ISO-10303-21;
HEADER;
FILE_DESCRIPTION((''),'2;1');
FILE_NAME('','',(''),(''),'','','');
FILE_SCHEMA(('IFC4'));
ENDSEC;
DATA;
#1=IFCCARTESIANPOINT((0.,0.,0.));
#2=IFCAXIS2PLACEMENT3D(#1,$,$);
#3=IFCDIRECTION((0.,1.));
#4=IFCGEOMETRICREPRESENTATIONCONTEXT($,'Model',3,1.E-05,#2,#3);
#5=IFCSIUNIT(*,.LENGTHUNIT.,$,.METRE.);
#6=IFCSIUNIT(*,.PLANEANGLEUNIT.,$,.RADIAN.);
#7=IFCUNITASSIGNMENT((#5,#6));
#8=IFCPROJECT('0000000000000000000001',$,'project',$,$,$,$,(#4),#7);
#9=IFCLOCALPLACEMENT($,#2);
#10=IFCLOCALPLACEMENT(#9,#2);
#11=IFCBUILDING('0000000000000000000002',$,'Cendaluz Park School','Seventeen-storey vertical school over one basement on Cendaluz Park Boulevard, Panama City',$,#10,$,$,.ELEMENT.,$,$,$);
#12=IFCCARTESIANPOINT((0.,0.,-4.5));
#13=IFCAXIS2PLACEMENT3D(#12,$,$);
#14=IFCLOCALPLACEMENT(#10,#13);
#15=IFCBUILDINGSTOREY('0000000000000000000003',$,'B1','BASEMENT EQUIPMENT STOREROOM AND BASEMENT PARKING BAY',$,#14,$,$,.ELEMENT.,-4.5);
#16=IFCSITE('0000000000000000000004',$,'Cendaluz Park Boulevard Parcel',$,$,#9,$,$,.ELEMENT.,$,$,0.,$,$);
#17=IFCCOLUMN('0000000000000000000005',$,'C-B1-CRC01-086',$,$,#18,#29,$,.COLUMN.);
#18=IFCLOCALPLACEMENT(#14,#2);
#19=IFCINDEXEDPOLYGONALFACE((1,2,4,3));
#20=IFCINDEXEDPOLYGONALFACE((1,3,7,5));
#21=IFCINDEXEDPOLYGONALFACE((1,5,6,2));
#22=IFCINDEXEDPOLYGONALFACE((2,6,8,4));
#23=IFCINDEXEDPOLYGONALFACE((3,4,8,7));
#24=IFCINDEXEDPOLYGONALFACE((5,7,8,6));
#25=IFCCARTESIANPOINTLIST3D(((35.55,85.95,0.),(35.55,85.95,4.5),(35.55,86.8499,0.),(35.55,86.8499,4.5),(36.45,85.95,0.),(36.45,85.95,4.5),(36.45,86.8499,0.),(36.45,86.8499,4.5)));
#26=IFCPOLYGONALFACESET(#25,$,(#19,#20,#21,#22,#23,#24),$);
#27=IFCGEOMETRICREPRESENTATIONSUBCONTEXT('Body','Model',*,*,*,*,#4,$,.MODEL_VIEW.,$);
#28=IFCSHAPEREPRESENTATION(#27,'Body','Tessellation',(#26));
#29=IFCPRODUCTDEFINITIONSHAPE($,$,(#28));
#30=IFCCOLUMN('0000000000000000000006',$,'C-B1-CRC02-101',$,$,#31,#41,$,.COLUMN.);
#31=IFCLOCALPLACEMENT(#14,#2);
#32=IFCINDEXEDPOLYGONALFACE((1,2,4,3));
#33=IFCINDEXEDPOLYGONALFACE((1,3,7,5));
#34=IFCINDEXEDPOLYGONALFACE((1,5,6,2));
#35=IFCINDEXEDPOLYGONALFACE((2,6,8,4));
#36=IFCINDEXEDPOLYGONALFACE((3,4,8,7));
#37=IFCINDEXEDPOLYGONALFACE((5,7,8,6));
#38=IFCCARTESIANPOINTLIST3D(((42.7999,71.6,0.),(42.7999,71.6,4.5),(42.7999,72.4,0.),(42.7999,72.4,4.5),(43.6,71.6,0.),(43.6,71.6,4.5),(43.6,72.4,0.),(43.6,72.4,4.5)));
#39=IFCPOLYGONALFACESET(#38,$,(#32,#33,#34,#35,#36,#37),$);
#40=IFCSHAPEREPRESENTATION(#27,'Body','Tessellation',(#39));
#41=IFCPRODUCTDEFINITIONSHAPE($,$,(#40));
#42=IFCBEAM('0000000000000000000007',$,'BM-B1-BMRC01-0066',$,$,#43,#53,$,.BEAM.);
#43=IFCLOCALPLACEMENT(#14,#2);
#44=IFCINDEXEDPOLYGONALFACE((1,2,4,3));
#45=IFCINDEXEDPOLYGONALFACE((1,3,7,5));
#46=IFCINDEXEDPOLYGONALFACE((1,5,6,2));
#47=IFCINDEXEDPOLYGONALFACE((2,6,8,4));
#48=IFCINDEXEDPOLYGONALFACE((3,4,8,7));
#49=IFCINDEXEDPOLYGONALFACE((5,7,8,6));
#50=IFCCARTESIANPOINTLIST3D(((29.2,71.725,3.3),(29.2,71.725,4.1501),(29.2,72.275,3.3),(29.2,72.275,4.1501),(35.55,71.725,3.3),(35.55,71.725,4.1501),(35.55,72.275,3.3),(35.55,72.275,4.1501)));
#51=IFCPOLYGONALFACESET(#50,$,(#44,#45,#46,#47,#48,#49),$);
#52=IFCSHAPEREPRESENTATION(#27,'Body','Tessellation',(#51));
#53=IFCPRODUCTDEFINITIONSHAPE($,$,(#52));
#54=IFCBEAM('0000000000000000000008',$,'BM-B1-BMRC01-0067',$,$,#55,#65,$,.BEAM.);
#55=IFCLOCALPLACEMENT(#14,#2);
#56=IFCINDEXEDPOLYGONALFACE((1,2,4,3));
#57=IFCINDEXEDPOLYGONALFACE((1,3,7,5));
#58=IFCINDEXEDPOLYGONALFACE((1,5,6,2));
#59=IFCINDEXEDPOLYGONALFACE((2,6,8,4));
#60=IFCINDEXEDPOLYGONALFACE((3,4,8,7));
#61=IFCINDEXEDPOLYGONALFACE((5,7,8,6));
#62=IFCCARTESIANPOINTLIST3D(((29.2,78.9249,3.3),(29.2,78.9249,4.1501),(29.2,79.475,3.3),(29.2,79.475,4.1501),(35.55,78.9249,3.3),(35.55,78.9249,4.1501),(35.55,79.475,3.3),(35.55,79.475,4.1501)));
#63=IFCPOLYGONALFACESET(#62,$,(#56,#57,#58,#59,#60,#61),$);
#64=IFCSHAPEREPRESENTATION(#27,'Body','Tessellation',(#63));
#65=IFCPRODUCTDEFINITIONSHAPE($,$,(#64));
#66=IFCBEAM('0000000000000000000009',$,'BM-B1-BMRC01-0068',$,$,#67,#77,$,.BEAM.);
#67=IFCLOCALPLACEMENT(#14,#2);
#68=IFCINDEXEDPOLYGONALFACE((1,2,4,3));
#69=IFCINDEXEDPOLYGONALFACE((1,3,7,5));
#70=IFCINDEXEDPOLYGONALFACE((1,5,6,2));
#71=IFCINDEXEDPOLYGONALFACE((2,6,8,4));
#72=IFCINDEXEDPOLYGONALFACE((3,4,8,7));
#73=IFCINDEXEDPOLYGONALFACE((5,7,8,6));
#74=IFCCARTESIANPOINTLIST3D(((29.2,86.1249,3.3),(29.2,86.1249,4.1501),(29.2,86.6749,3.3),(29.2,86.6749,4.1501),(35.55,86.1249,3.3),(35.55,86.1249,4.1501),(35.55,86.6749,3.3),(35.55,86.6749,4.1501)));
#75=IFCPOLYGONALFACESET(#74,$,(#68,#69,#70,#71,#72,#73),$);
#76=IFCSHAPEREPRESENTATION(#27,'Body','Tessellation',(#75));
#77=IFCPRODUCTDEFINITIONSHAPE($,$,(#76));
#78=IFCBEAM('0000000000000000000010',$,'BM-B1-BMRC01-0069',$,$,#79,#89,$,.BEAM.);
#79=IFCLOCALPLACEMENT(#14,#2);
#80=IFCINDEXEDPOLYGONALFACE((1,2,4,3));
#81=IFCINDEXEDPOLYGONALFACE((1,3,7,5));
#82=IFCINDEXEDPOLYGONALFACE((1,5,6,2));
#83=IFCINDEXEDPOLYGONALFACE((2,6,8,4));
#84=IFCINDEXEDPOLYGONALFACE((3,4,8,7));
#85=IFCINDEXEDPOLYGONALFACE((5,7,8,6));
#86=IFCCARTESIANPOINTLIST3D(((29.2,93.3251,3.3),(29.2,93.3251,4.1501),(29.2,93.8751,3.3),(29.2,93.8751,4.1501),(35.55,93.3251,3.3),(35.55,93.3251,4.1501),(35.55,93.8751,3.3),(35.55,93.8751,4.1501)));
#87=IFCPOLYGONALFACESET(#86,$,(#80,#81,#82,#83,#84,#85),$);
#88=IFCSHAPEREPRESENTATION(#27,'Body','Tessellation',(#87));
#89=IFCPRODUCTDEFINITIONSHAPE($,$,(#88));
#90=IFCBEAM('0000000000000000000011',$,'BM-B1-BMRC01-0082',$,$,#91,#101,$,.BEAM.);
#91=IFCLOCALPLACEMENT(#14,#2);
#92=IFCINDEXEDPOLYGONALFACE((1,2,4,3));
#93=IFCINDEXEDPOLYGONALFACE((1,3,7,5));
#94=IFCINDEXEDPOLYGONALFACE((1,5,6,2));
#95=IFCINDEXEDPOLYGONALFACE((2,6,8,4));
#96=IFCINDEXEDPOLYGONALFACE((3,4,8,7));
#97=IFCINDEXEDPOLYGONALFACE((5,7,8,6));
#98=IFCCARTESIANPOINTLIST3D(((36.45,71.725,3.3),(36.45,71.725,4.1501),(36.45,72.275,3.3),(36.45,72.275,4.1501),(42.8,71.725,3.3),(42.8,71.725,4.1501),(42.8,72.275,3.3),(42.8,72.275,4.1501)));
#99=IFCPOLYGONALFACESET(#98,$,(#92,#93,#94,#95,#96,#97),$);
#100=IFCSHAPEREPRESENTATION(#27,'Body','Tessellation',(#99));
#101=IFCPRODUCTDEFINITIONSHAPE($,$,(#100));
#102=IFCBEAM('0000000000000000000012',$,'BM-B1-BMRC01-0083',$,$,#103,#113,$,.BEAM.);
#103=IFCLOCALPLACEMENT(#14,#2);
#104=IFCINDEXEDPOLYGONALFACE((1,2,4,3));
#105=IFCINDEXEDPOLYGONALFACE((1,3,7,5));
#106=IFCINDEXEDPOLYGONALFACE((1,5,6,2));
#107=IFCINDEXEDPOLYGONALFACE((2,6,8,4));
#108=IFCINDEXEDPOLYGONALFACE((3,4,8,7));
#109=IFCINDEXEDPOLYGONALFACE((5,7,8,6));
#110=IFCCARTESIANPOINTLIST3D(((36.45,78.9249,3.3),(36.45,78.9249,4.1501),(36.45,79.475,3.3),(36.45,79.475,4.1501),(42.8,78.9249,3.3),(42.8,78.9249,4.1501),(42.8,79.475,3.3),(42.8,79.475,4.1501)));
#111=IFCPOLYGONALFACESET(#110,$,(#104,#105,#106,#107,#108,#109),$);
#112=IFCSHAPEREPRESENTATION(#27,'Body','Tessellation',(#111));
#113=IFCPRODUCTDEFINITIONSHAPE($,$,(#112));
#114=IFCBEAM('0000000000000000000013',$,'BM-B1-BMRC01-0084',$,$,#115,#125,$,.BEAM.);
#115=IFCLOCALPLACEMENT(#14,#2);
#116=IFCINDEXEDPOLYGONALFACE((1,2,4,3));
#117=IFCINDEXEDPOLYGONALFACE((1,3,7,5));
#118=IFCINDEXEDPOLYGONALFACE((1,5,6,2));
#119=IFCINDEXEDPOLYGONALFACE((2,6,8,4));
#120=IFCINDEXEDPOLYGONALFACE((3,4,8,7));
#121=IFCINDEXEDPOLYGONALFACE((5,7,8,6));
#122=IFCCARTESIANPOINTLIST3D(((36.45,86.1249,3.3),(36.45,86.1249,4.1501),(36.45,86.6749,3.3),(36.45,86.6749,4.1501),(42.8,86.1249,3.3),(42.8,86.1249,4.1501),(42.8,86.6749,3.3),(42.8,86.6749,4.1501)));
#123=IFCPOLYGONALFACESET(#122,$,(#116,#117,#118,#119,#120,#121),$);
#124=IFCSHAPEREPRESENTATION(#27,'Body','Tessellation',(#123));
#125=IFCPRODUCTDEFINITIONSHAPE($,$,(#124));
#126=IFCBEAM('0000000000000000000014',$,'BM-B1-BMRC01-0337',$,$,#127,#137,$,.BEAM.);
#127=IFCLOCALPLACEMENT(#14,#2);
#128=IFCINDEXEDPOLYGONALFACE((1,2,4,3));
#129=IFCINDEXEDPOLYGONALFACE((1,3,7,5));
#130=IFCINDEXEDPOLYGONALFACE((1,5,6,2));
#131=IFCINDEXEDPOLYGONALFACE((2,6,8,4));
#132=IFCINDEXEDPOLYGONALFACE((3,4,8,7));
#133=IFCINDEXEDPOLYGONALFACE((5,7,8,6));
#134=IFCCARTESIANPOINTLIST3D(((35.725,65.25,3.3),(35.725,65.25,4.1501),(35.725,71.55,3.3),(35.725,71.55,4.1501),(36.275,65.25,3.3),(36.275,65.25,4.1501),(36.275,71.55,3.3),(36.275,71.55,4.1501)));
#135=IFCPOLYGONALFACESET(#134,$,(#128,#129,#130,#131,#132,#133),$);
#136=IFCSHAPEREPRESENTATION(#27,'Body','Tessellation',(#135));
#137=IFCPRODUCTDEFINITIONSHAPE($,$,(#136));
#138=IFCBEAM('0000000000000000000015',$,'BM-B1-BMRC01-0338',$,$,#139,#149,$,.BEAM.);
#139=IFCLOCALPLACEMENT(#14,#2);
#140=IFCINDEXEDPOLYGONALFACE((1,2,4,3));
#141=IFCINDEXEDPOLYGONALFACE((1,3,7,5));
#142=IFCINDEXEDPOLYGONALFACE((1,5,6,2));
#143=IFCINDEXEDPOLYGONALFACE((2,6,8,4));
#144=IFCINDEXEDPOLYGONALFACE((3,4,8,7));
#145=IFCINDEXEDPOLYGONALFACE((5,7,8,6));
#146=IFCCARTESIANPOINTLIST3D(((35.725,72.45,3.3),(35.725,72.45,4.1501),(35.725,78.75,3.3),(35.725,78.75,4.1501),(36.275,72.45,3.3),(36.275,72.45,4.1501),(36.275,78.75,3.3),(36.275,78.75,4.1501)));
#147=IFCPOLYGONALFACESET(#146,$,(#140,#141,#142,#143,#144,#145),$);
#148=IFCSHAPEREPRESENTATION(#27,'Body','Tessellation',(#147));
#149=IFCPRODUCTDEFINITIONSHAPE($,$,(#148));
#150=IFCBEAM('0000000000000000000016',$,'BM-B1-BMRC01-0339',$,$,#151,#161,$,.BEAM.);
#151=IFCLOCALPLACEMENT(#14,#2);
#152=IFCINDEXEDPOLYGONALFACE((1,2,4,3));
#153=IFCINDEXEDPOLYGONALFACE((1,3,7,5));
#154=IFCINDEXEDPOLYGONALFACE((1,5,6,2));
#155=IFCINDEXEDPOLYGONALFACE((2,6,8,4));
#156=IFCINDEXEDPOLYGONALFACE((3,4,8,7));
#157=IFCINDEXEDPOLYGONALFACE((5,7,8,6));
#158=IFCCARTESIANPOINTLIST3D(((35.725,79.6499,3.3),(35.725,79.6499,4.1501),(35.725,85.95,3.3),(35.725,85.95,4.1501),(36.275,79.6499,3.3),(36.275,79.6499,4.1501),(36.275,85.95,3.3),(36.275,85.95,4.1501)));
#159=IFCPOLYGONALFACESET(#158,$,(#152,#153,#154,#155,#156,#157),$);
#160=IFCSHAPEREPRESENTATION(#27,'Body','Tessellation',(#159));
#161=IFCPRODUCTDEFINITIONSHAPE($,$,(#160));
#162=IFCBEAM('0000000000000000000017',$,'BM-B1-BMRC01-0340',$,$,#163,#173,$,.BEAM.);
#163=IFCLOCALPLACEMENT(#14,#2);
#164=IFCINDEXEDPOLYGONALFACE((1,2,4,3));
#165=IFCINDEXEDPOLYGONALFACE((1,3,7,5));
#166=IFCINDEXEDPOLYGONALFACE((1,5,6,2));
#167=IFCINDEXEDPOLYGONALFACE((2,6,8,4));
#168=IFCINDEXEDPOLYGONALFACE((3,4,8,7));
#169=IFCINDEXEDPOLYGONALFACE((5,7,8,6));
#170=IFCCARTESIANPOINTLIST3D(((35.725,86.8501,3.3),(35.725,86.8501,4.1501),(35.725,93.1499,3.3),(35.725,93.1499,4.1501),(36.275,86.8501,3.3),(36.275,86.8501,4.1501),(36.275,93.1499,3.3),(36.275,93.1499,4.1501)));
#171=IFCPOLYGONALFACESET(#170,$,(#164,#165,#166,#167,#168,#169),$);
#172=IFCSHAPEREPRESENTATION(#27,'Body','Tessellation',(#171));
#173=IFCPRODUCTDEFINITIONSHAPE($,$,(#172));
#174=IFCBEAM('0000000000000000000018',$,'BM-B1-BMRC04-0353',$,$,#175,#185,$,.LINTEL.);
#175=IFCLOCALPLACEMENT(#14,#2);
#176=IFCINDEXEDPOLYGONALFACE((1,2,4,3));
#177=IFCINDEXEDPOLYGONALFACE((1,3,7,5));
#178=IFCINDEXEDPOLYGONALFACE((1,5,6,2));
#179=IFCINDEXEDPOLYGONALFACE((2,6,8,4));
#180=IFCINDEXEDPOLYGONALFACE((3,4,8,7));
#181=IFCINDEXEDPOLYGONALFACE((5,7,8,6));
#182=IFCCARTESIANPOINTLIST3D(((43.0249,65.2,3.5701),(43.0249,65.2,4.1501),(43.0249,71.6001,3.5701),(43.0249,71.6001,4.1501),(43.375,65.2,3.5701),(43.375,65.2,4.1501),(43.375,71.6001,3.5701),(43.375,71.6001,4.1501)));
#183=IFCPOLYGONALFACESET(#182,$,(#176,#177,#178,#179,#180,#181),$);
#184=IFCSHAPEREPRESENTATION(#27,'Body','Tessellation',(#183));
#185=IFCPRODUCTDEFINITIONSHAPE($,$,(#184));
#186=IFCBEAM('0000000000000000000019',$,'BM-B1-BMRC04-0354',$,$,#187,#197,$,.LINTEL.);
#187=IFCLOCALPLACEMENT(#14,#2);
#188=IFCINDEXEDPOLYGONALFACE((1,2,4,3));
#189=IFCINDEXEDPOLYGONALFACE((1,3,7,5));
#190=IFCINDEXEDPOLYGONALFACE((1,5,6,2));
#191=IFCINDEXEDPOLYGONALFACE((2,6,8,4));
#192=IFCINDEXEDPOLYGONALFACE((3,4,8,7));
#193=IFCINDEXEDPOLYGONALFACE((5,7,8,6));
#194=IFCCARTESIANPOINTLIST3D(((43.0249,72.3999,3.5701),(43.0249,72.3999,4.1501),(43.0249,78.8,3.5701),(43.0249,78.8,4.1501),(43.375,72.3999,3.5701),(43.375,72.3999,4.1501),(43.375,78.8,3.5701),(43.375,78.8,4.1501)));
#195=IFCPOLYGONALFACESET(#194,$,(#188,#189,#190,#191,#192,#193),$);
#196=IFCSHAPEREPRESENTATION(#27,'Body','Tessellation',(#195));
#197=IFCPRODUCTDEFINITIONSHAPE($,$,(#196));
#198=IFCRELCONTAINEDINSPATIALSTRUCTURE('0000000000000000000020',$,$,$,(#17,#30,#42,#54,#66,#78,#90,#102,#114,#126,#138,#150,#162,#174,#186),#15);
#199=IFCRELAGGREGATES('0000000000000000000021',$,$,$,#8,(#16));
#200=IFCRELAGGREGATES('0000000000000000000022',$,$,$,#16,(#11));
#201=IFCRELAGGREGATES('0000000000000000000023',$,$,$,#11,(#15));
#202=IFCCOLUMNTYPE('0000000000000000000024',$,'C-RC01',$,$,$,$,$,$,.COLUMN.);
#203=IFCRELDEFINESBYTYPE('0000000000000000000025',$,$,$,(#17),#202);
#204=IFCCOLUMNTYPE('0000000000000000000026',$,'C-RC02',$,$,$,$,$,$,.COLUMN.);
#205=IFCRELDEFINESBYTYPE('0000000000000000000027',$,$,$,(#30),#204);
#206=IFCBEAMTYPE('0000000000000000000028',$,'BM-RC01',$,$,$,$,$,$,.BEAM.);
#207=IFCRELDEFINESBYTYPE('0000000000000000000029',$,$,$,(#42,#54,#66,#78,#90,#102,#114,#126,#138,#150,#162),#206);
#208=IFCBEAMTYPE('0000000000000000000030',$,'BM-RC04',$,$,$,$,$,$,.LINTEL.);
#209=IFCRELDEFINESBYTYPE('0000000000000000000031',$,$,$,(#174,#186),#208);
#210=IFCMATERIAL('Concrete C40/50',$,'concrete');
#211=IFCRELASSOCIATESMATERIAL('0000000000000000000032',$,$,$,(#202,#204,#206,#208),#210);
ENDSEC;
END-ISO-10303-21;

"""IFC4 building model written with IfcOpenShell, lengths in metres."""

from ifc_helpers import new_model, si_unit, direction, frame, origin, origin_2d, place, context, subcontext, project, spatial, rectangle, extrude, material, material_profile, profile_set, type_object, element, save


model = new_model("IFC4")

# Units and contexts
model_context = context("Model", 3, precision=1e-05, world=origin(), true_north=direction((0.0, 1.0)))
body_context = subcontext(model_context, "Body", "Model", "MODEL_VIEW")
ifc_project = project(units=[si_unit("LENGTHUNIT", "METRE"), si_unit("PLANEANGLEUNIT", "RADIAN")], contexts=[model_context])

# Site, building, storey
site_placement = place(None, origin())
site = spatial("IfcSite", under=ifc_project, at=site_placement, Name="Cendaluz Park Boulevard Parcel", CompositionType="ELEMENT", RefElevation=0.0)
building_placement = place(site_placement, origin())
building = spatial("IfcBuilding", under=site, at=building_placement, Name="Cendaluz Park School", Description="Seventeen-storey vertical school over one basement on Cendaluz Park Boulevard, Panama City", CompositionType="ELEMENT")
storey_placement = place(building_placement, frame((0.0, 0.0, -4.5)))
storey = spatial("IfcBuildingStorey", under=building, at=storey_placement, Name="B1", Description="BASEMENT EQUIPMENT STOREROOM AND BASEMENT PARKING BAY", CompositionType="ELEMENT", Elevation=-4.5)

# Shared definitions
ifc_material_1 = material(Name="Concrete C40/50", Category="concrete")

# Columns
ifc_material_profile_1 = material_profile(ifc_material_1, rectangle(XDim=0.8999, YDim=0.8999, at=origin_2d()), Name="RC 900x900", Category="concrete")
ifc_profile_set_1 = profile_set([ifc_material_profile_1], Name="Concrete C40/50")
column_type_1 = type_object("IfcColumnType", Name="C-RC01", PredefinedType="COLUMN", material=ifc_profile_set_1)
for number, where, z_axis, x_axis, name in (
    (1, (36.0, 86.3999, 0.0), (0.0, 0.0, 1.0), (1.0, 0.0, 0.0), "C-B1-CRC01-086"),
):
    element("IfcColumn", number, at=place(storey_placement, frame(where, z_axis=z_axis, x_axis=x_axis)), inside=storey, type_object=column_type_1, Name=name, PredefinedType="COLUMN", context=body_context, shape_type="SweptSolid", body=[
        extrude(rectangle(XDim=0.8999, YDim=0.8999, at=origin_2d()), origin(), (0.0, 0.0, 1.0), 4.5),
    ])
ifc_material_profile_2 = material_profile(ifc_material_1, rectangle(XDim=0.8, YDim=0.8, at=origin_2d()), Name="RC 800x800", Category="concrete")
ifc_profile_set_2 = profile_set([ifc_material_profile_2], Name="Concrete C40/50")
column_type_2 = type_object("IfcColumnType", Name="C-RC02", PredefinedType="COLUMN", material=ifc_profile_set_2)
column_placement = place(storey_placement, frame((43.2, 72.0, 0.0), z_axis=(0.0, 0.0, 1.0), x_axis=(1.0, 0.0, 0.0)))
element("IfcColumn", 2, at=column_placement, inside=storey, type_object=column_type_2, Name="C-B1-CRC02-101", PredefinedType="COLUMN", context=body_context, shape_type="SweptSolid", body=[
    extrude(rectangle(XDim=0.8, YDim=0.8, at=origin_2d()), origin(), (0.0, 0.0, 1.0), 4.5),
])

# Beams
ifc_material_profile_3 = material_profile(ifc_material_1, rectangle(XDim=0.55, YDim=0.8501, at=origin_2d()), Name="RC 550x850", Category="concrete")
ifc_profile_set_3 = profile_set([ifc_material_profile_3], Name="Concrete C40/50")
beam_type_1 = type_object("IfcBeamType", Name="BM-RC01", PredefinedType="BEAM", material=ifc_profile_set_3)
for number, where, z_axis, x_axis, name in (
    (3, (29.2, 72.0, 3.7251), (1.0, 0.0, 0.0), (0.0, 1.0, 0.0), "BM-B1-BMRC01-0066"),
    (4, (29.2, 79.2, 3.7251), (1.0, 0.0, 0.0), (0.0, 1.0, 0.0), "BM-B1-BMRC01-0067"),
    (5, (29.2, 86.3999, 3.7251), (1.0, 0.0, 0.0), (0.0, 1.0, 0.0), "BM-B1-BMRC01-0068"),
    (6, (29.2, 93.6001, 3.7251), (1.0, 0.0, 0.0), (0.0, 1.0, 0.0), "BM-B1-BMRC01-0069"),
    (7, (36.45, 72.0, 3.7251), (1.0, 0.0, 0.0), (0.0, 1.0, 0.0), "BM-B1-BMRC01-0082"),
    (8, (36.45, 79.2, 3.7251), (1.0, 0.0, 0.0), (0.0, 1.0, 0.0), "BM-B1-BMRC01-0083"),
    (9, (36.45, 86.3999, 3.7251), (1.0, 0.0, 0.0), (0.0, 1.0, 0.0), "BM-B1-BMRC01-0084"),
):
    element("IfcBeam", number, at=place(storey_placement, frame(where, z_axis=z_axis, x_axis=x_axis)), inside=storey, type_object=beam_type_1, Name=name, PredefinedType="BEAM", context=body_context, shape_type="SweptSolid", body=[
        extrude(rectangle(XDim=0.55, YDim=0.8501, at=origin_2d()), origin(), (0.0, 0.0, 1.0), 6.3501),
    ])
for number, where, z_axis, x_axis, name in (
    (10, (36.0, 65.25, 3.7251), (0.0, 1.0, 0.0), (-1.0, 0.0, 0.0), "BM-B1-BMRC01-0337"),
    (11, (36.0, 72.45, 3.7251), (0.0, 1.0, 0.0), (-1.0, 0.0, 0.0), "BM-B1-BMRC01-0338"),
    (12, (36.0, 79.6499, 3.7251), (0.0, 1.0, 0.0), (-1.0, 0.0, 0.0), "BM-B1-BMRC01-0339"),
):
    element("IfcBeam", number, at=place(storey_placement, frame(where, z_axis=z_axis, x_axis=x_axis)), inside=storey, type_object=beam_type_1, Name=name, PredefinedType="BEAM", context=body_context, shape_type="SweptSolid", body=[
        extrude(rectangle(XDim=0.55, YDim=0.8501, at=origin_2d()), origin(), (0.0, 0.0, 1.0), 6.3),
    ])
beam_placement = place(storey_placement, frame((36.0, 86.8501, 3.7251), z_axis=(0.0, 1.0, 0.0), x_axis=(-1.0, 0.0, 0.0)))
element("IfcBeam", 13, at=beam_placement, inside=storey, type_object=beam_type_1, Name="BM-B1-BMRC01-0340", PredefinedType="BEAM", context=body_context, shape_type="SweptSolid", body=[
    extrude(rectangle(XDim=0.55, YDim=0.8501, at=origin_2d()), origin(), (0.0, 0.0, 1.0), 6.2998),
])
ifc_material_profile_4 = material_profile(ifc_material_1, rectangle(XDim=0.3501, YDim=0.5801, at=origin_2d()), Name="RC 350x580", Category="concrete")
ifc_profile_set_4 = profile_set([ifc_material_profile_4], Name="Concrete C40/50")
beam_type_2 = type_object("IfcBeamType", Name="BM-RC04", PredefinedType="LINTEL", material=ifc_profile_set_4)
for number, where, z_axis, x_axis, name in (
    (14, (43.2, 65.2, 3.8601), (0.0, 1.0, 0.0), (-1.0, 0.0, 0.0), "BM-B1-BMRC04-0353"),
    (15, (43.2, 72.3999, 3.8601), (0.0, 1.0, 0.0), (-1.0, 0.0, 0.0), "BM-B1-BMRC04-0354"),
):
    element("IfcBeam", number, at=place(storey_placement, frame(where, z_axis=z_axis, x_axis=x_axis)), inside=storey, type_object=beam_type_2, Name=name, PredefinedType="LINTEL", context=body_context, shape_type="SweptSolid", body=[
        extrude(rectangle(XDim=0.3501, YDim=0.5801, at=origin_2d()), origin(), (0.0, 0.0, 1.0), 6.4001),
    ])

save(model, "model.ifc")
